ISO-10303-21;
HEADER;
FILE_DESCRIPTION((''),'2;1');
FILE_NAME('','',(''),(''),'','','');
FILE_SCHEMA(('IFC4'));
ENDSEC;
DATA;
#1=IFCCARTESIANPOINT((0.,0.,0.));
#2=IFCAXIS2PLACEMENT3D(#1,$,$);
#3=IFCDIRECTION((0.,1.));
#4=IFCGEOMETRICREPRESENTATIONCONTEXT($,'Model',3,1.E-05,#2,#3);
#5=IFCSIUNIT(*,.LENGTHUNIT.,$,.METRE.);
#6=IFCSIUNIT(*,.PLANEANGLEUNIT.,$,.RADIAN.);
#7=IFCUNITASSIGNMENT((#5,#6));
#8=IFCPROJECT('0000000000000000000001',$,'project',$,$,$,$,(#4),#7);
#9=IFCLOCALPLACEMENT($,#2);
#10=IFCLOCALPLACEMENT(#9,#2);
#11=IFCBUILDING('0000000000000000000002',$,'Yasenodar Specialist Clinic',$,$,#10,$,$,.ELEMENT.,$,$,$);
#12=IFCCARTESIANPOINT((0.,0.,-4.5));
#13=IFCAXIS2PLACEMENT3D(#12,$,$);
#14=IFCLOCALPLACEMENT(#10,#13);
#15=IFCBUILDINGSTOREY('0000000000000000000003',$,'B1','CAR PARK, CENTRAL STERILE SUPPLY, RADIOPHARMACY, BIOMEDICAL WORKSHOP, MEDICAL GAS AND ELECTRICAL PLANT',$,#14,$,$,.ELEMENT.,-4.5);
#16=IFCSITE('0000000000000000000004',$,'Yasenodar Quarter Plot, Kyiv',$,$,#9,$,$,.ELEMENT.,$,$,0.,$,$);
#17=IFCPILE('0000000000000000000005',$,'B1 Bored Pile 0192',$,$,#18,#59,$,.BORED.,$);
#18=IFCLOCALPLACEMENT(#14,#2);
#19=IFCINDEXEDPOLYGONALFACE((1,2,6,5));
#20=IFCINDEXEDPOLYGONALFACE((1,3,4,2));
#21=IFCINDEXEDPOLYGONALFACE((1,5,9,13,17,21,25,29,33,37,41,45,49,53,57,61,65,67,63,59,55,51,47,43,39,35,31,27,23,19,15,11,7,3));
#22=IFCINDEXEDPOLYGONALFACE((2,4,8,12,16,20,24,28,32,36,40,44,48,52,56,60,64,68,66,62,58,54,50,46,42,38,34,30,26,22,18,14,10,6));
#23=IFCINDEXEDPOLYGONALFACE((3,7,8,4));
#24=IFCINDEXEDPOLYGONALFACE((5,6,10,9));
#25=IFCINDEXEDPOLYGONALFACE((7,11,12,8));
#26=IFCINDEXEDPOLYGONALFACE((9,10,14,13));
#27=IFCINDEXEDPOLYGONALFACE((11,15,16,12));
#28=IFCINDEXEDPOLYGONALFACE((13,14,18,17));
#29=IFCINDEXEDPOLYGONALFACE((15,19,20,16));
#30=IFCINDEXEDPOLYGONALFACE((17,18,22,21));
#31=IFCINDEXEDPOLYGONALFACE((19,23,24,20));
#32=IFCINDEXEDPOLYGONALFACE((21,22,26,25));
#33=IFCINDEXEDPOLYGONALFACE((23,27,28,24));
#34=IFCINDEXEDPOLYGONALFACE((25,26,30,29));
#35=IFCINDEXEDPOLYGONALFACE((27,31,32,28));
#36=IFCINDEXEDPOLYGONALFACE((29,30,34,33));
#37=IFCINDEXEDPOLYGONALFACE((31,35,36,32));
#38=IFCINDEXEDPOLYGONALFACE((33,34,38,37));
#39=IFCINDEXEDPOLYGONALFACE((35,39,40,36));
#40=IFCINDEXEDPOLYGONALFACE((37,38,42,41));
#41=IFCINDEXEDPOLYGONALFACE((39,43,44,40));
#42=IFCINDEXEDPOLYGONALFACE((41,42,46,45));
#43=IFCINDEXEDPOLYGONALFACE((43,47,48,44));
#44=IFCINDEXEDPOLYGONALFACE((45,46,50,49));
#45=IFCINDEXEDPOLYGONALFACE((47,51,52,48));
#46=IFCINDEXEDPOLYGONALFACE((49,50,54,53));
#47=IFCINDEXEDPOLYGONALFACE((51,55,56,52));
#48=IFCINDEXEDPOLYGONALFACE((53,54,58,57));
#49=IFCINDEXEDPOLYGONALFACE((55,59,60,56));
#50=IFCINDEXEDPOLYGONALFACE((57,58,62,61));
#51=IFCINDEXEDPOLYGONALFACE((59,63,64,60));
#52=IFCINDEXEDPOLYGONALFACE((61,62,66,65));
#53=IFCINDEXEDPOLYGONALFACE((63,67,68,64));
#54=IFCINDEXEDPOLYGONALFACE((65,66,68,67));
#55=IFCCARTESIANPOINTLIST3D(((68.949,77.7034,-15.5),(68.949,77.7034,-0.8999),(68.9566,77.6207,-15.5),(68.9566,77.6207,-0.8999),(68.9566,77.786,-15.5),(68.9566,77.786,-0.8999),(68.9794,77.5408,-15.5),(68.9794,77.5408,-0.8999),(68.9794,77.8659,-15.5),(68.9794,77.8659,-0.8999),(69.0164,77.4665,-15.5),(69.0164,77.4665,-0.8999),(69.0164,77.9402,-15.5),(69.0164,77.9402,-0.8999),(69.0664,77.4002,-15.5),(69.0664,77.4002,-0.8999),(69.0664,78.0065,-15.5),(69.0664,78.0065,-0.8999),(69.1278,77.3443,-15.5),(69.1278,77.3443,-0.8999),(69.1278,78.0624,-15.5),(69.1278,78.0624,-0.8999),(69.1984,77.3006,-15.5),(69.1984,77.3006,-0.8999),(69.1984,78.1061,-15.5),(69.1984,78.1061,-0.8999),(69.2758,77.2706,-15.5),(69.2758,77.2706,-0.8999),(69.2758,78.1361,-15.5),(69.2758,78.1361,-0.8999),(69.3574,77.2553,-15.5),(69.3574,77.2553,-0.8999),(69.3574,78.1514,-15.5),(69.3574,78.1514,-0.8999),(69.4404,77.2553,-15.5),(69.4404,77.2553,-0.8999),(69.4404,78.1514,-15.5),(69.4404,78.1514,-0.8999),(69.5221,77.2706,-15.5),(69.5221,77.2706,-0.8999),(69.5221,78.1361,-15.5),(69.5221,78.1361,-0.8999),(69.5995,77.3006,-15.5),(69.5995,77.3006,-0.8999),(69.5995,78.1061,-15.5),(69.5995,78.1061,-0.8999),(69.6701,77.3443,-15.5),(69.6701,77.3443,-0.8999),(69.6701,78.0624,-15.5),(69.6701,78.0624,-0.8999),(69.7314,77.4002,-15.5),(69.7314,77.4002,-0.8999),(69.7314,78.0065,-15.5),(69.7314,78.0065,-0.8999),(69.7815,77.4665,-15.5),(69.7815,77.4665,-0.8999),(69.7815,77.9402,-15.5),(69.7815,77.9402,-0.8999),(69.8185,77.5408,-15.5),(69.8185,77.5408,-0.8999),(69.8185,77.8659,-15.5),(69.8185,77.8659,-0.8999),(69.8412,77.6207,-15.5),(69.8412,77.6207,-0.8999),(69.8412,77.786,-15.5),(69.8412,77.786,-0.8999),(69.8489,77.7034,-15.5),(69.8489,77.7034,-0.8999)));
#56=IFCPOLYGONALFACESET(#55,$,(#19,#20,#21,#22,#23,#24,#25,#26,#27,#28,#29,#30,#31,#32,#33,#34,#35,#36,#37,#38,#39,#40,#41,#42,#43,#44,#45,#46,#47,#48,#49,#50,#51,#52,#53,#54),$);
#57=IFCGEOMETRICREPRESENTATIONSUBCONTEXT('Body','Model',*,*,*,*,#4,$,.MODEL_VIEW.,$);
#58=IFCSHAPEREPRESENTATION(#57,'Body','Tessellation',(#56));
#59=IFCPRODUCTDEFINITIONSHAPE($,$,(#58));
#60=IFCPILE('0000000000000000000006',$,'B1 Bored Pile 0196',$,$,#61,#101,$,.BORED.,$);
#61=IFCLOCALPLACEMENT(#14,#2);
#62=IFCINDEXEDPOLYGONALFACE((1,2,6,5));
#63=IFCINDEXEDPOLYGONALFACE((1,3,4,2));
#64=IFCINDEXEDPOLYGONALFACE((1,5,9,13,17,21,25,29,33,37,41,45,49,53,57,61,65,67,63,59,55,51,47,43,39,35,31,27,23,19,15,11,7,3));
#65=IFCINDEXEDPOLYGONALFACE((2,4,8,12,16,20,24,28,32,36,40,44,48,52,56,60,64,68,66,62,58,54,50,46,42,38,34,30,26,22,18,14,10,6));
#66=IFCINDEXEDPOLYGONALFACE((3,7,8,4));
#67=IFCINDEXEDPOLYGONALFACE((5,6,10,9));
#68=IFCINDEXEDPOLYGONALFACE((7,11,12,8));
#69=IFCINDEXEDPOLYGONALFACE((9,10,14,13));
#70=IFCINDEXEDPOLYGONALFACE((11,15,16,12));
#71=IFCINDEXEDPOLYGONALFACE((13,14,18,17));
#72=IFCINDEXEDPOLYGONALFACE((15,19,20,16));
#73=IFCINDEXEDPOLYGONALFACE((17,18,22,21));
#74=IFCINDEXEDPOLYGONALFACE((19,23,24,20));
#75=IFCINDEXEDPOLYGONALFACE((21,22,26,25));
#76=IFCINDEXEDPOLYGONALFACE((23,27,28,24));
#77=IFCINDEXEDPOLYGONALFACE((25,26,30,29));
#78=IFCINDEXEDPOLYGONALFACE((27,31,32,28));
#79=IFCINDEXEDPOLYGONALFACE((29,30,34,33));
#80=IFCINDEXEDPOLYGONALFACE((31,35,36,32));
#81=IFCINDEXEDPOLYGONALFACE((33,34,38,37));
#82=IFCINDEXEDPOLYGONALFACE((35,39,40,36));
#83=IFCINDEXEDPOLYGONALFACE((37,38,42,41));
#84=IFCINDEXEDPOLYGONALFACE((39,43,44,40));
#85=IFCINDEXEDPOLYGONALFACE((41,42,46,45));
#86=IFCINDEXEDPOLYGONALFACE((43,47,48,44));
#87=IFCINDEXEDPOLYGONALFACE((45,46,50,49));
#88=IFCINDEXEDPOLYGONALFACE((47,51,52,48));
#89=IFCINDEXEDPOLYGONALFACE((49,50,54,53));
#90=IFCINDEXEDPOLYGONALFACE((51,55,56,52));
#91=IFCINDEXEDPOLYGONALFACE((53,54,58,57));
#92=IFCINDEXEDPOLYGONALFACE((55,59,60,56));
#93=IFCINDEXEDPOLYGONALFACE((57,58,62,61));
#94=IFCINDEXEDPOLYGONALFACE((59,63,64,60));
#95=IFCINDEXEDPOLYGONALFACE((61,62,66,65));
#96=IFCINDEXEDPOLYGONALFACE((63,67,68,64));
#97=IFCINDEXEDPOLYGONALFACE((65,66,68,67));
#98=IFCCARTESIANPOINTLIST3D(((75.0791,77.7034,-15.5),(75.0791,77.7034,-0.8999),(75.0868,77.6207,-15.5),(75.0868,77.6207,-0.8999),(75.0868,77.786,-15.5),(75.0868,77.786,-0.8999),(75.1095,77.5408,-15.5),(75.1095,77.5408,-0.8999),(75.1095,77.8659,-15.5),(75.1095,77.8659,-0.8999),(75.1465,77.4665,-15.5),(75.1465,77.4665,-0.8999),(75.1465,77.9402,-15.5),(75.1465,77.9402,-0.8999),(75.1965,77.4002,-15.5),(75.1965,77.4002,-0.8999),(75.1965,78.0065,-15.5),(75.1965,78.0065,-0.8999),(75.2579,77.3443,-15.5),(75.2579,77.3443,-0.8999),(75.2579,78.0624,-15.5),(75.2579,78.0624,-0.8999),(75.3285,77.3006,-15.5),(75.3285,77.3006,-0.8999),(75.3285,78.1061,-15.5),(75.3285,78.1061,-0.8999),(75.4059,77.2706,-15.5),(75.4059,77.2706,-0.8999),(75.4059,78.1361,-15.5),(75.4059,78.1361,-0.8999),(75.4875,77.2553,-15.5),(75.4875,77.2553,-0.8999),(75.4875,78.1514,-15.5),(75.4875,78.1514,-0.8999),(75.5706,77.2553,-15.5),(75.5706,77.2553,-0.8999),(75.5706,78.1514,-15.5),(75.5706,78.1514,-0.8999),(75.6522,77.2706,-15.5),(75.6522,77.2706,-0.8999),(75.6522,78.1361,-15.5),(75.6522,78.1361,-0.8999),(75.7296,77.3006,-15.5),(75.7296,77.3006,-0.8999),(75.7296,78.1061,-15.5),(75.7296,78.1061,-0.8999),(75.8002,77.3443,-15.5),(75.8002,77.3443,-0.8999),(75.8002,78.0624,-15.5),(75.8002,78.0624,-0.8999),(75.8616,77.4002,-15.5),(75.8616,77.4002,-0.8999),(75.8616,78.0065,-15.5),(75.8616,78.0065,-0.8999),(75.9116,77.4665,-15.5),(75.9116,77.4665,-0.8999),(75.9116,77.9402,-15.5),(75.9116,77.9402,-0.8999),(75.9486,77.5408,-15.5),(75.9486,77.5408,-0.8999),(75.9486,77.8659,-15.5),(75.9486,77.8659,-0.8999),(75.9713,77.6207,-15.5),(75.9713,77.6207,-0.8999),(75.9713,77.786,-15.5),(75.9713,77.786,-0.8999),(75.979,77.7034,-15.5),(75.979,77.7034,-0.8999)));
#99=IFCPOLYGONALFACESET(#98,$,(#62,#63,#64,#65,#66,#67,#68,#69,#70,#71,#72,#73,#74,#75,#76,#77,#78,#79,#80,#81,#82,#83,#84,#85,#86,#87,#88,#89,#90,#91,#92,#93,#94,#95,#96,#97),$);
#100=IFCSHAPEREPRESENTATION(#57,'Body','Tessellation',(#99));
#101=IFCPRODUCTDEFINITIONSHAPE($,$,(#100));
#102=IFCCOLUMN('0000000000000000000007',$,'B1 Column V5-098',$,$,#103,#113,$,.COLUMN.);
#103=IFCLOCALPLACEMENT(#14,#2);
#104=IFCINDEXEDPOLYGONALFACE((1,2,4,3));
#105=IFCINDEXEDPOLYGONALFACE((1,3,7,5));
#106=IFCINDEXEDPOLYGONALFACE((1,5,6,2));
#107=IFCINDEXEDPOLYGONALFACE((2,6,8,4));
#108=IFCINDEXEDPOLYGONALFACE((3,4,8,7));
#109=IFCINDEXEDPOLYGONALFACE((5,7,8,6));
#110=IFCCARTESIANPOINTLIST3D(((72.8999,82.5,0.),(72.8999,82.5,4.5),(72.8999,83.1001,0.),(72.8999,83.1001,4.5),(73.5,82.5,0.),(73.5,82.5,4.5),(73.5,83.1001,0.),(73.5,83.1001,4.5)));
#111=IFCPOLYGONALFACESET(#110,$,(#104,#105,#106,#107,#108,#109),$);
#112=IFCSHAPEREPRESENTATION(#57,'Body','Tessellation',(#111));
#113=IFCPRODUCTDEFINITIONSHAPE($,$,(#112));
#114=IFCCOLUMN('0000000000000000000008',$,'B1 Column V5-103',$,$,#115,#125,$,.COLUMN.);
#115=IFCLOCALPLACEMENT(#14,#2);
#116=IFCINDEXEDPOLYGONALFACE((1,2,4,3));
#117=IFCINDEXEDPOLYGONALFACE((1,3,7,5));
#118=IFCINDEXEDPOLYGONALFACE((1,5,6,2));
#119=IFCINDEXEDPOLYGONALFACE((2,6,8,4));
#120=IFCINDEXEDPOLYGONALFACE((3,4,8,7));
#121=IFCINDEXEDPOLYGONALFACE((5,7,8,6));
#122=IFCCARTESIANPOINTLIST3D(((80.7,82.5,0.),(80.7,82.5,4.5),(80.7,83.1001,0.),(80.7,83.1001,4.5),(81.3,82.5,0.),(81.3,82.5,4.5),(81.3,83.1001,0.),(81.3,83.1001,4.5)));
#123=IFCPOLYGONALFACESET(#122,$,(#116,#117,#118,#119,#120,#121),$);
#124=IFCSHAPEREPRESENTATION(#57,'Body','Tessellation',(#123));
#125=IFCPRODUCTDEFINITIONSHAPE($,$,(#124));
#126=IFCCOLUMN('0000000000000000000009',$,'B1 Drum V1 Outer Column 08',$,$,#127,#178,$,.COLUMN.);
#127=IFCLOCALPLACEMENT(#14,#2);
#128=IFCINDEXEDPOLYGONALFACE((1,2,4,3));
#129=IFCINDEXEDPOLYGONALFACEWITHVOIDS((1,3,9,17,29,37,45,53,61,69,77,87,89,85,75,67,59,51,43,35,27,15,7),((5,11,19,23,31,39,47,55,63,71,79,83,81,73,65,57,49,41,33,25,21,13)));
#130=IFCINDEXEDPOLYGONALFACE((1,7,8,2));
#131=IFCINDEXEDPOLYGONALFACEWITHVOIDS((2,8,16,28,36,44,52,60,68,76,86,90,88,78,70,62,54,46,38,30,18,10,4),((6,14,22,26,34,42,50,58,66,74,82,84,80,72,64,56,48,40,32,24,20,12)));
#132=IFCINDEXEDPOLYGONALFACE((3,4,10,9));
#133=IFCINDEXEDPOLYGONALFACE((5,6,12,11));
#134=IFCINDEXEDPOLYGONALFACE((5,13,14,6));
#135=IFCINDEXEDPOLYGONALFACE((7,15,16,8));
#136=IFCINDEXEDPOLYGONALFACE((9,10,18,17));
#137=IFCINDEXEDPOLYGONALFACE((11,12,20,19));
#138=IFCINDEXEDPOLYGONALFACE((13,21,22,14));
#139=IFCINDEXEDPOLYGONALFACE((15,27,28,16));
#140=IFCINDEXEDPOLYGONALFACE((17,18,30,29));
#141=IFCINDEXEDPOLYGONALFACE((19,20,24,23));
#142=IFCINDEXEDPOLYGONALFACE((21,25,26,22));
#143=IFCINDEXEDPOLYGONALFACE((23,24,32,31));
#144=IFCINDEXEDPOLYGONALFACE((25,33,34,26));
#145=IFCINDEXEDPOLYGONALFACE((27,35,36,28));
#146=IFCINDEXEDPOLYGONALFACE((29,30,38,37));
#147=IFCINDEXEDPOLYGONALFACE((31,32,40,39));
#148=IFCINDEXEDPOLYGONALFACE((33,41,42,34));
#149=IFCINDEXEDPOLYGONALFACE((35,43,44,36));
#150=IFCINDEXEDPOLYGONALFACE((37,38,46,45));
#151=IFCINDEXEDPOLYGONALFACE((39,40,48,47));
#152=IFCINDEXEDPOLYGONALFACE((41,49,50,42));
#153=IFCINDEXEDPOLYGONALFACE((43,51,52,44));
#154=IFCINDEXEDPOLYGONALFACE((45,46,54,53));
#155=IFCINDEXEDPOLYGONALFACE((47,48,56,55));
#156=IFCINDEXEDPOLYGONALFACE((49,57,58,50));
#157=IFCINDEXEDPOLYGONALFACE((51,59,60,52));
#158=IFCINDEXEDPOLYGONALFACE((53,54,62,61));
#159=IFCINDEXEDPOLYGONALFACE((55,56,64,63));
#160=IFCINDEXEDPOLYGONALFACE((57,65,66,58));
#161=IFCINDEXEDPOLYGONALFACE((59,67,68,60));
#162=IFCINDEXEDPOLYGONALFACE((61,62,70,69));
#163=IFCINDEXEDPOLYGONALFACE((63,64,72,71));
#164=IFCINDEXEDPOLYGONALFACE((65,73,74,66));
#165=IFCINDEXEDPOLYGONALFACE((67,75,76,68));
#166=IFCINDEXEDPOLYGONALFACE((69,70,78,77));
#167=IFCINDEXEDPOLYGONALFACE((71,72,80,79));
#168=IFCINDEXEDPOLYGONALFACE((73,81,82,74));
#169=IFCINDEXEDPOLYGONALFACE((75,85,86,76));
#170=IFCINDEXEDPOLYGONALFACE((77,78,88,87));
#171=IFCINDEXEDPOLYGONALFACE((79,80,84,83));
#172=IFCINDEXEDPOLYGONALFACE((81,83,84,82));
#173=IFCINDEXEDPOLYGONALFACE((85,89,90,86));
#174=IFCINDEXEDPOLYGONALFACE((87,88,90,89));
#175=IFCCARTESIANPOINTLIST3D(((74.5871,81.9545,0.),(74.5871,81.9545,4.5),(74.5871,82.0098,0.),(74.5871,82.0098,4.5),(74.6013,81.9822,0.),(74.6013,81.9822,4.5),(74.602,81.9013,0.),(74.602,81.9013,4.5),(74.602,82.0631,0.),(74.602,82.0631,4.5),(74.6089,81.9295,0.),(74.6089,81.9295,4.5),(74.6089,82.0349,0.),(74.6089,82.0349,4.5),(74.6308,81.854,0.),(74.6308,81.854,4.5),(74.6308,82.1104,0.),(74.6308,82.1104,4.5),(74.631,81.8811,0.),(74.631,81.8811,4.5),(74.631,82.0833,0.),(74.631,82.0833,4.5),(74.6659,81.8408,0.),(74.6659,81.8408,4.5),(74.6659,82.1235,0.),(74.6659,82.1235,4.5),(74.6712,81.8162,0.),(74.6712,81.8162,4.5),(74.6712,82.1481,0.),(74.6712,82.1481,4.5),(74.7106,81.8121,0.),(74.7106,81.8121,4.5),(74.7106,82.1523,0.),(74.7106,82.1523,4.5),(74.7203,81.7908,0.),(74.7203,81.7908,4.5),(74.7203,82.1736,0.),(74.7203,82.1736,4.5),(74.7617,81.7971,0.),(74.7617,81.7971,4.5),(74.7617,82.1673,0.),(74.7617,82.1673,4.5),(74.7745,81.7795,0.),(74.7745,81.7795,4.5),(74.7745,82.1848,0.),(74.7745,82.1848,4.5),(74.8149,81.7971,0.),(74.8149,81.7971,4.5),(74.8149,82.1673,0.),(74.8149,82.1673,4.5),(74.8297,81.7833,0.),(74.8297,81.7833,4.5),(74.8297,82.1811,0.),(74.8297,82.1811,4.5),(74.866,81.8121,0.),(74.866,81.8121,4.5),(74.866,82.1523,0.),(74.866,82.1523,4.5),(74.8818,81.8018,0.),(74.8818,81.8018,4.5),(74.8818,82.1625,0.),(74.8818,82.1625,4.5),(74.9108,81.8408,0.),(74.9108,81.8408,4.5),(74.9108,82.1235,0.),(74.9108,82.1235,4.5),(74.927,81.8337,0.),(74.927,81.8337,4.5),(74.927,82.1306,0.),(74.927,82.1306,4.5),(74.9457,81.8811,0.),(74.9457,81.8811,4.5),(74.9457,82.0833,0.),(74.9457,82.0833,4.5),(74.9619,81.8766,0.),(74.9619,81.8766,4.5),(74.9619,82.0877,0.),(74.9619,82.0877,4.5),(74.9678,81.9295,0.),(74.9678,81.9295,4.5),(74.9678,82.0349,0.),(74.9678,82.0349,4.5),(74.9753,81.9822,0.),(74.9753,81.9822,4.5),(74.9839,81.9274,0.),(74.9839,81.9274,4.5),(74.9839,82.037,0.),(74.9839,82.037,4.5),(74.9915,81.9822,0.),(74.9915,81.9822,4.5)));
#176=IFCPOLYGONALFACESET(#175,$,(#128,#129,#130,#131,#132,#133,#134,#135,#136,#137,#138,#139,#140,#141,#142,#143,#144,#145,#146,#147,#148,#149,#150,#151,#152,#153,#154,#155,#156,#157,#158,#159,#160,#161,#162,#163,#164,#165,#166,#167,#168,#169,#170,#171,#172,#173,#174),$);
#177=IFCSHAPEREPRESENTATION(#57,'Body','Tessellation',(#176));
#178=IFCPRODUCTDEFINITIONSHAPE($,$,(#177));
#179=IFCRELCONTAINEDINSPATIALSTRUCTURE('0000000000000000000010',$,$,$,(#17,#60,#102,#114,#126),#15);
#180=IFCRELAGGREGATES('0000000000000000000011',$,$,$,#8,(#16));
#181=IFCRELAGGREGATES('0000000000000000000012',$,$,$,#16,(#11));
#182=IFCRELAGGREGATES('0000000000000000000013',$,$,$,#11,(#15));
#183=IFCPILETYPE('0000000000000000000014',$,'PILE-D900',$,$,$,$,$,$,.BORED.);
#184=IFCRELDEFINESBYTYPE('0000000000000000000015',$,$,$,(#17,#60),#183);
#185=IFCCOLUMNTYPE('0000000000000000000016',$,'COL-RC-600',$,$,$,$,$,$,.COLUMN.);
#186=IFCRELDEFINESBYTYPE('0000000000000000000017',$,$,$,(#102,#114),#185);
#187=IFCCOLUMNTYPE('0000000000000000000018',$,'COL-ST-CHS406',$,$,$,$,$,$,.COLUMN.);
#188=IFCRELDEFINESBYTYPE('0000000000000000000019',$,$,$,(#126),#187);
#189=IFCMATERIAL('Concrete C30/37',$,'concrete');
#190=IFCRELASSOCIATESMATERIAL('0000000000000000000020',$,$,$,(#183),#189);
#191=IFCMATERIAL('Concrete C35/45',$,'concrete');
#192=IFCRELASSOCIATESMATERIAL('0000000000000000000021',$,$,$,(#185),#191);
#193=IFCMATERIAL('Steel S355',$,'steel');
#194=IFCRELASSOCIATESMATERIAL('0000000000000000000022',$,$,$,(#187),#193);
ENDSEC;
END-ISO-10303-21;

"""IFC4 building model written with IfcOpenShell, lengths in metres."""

from ifc_helpers import new_model, si_unit, direction, frame, origin, origin_2d, place, context, subcontext, project, spatial, rectangle, circle, hollow_circle, extrude, material, material_profile, profile_set, type_object, element, save


model = new_model("IFC4")

# Units and contexts
model_context = context("Model", 3, precision=1e-05, world=origin(), true_north=direction((0.0, 1.0)))
body_context = subcontext(model_context, "Body", "Model", "MODEL_VIEW")
ifc_project = project(units=[si_unit("LENGTHUNIT", "METRE"), si_unit("PLANEANGLEUNIT", "RADIAN")], contexts=[model_context])

# Site, building, storey
site_placement = place(None, origin())
site = spatial("IfcSite", under=ifc_project, at=site_placement, Name="Yasenodar Quarter Plot, Kyiv", CompositionType="ELEMENT", RefElevation=0.0)
building_placement = place(site_placement, origin())
building = spatial("IfcBuilding", under=site, at=building_placement, Name="Yasenodar Specialist Clinic", CompositionType="ELEMENT")
storey_placement = place(building_placement, frame((0.0, 0.0, -4.5)))
storey = spatial("IfcBuildingStorey", under=building, at=storey_placement, Name="B1", Description="CAR PARK, CENTRAL STERILE SUPPLY, RADIOPHARMACY, BIOMEDICAL WORKSHOP, MEDICAL GAS AND ELECTRICAL PLANT", CompositionType="ELEMENT", Elevation=-4.5)

# Piles
ifc_material_1 = material(Name="Concrete C30/37", Category="concrete")
ifc_material_profile_1 = material_profile(ifc_material_1, circle(Radius=0.45, at=origin_2d()), Name="PILE D900")
ifc_profile_set_1 = profile_set([ifc_material_profile_1], Name="Concrete C30/37")
pile_type = type_object("IfcPileType", Name="PILE-D900", PredefinedType="BORED", material=ifc_profile_set_1)
for number, where, z_axis, x_axis, name in (
    (1, (69.3989, 77.7034, -0.8999), (0.0, 0.0, -1.0), (1.0, 0.0, 0.0), "B1 Bored Pile 0192"),
    (2, (75.5291, 77.7034, -0.8999), (0.0, 0.0, -1.0), (1.0, 0.0, 0.0), "B1 Bored Pile 0196"),
):
    element("IfcPile", number, at=place(storey_placement, frame(where, z_axis=z_axis, x_axis=x_axis)), inside=storey, type_object=pile_type, Name=name, PredefinedType="BORED", context=body_context, shape_type="SweptSolid", body=[
        extrude(circle(Radius=0.45, at=origin_2d()), origin(), (0.0, 0.0, 1.0), 14.6001),
    ])

# Columns
ifc_material_2 = material(Name="Concrete C35/45", Category="concrete")
ifc_material_profile_2 = material_profile(ifc_material_2, rectangle(XDim=0.6001, YDim=0.6001, at=origin_2d()), Name="RC 600x600")
ifc_profile_set_2 = profile_set([ifc_material_profile_2], Name="Concrete C35/45")
column_type_1 = type_object("IfcColumnType", Name="COL-RC-600", PredefinedType="COLUMN", material=ifc_profile_set_2)
for number, where, z_axis, x_axis, name in (
    (3, (73.2, 82.8, 0.0), (0.0, 0.0, 1.0), (1.0, 0.0, 0.0), "B1 Column V5-098"),
    (4, (81.0, 82.8, 0.0), (0.0, 0.0, 1.0), (1.0, 0.0, 0.0), "B1 Column V5-103"),
):
    element("IfcColumn", number, at=place(storey_placement, frame(where, z_axis=z_axis, x_axis=x_axis)), inside=storey, type_object=column_type_1, Name=name, PredefinedType="COLUMN", context=body_context, shape_type="SweptSolid", body=[
        extrude(rectangle(XDim=0.6001, YDim=0.6001, at=origin_2d()), origin(), (0.0, 0.0, 1.0), 4.5),
    ])
ifc_material_3 = material(Name="Steel S355", Category="steel")
ifc_material_profile_3 = material_profile(ifc_material_3, hollow_circle(Radius=0.2031, WallThickness=0.0161, at=origin_2d()), Name="CHS 406.4x16")
ifc_profile_set_3 = profile_set([ifc_material_profile_3], Name="Steel S355")
column_type_2 = type_object("IfcColumnType", Name="COL-ST-CHS406", PredefinedType="COLUMN", material=ifc_profile_set_3)
for number, where, z_axis, x_axis, name in (
    (5, (74.7883, 81.9822, 0.0), (0.0, 0.0, 1.0), (1.0, 0.0, 0.0), "B1 Drum V1 Outer Column 08"),
):
    element("IfcColumn", number, at=place(storey_placement, frame(where, z_axis=z_axis, x_axis=x_axis)), inside=storey, type_object=column_type_2, Name=name, PredefinedType="COLUMN", context=body_context, shape_type="SweptSolid", body=[
        extrude(hollow_circle(Radius=0.2031, WallThickness=0.0161, at=origin_2d()), origin(), (0.0, 0.0, 1.0), 4.5),
    ])

save(model, "model.ifc")
